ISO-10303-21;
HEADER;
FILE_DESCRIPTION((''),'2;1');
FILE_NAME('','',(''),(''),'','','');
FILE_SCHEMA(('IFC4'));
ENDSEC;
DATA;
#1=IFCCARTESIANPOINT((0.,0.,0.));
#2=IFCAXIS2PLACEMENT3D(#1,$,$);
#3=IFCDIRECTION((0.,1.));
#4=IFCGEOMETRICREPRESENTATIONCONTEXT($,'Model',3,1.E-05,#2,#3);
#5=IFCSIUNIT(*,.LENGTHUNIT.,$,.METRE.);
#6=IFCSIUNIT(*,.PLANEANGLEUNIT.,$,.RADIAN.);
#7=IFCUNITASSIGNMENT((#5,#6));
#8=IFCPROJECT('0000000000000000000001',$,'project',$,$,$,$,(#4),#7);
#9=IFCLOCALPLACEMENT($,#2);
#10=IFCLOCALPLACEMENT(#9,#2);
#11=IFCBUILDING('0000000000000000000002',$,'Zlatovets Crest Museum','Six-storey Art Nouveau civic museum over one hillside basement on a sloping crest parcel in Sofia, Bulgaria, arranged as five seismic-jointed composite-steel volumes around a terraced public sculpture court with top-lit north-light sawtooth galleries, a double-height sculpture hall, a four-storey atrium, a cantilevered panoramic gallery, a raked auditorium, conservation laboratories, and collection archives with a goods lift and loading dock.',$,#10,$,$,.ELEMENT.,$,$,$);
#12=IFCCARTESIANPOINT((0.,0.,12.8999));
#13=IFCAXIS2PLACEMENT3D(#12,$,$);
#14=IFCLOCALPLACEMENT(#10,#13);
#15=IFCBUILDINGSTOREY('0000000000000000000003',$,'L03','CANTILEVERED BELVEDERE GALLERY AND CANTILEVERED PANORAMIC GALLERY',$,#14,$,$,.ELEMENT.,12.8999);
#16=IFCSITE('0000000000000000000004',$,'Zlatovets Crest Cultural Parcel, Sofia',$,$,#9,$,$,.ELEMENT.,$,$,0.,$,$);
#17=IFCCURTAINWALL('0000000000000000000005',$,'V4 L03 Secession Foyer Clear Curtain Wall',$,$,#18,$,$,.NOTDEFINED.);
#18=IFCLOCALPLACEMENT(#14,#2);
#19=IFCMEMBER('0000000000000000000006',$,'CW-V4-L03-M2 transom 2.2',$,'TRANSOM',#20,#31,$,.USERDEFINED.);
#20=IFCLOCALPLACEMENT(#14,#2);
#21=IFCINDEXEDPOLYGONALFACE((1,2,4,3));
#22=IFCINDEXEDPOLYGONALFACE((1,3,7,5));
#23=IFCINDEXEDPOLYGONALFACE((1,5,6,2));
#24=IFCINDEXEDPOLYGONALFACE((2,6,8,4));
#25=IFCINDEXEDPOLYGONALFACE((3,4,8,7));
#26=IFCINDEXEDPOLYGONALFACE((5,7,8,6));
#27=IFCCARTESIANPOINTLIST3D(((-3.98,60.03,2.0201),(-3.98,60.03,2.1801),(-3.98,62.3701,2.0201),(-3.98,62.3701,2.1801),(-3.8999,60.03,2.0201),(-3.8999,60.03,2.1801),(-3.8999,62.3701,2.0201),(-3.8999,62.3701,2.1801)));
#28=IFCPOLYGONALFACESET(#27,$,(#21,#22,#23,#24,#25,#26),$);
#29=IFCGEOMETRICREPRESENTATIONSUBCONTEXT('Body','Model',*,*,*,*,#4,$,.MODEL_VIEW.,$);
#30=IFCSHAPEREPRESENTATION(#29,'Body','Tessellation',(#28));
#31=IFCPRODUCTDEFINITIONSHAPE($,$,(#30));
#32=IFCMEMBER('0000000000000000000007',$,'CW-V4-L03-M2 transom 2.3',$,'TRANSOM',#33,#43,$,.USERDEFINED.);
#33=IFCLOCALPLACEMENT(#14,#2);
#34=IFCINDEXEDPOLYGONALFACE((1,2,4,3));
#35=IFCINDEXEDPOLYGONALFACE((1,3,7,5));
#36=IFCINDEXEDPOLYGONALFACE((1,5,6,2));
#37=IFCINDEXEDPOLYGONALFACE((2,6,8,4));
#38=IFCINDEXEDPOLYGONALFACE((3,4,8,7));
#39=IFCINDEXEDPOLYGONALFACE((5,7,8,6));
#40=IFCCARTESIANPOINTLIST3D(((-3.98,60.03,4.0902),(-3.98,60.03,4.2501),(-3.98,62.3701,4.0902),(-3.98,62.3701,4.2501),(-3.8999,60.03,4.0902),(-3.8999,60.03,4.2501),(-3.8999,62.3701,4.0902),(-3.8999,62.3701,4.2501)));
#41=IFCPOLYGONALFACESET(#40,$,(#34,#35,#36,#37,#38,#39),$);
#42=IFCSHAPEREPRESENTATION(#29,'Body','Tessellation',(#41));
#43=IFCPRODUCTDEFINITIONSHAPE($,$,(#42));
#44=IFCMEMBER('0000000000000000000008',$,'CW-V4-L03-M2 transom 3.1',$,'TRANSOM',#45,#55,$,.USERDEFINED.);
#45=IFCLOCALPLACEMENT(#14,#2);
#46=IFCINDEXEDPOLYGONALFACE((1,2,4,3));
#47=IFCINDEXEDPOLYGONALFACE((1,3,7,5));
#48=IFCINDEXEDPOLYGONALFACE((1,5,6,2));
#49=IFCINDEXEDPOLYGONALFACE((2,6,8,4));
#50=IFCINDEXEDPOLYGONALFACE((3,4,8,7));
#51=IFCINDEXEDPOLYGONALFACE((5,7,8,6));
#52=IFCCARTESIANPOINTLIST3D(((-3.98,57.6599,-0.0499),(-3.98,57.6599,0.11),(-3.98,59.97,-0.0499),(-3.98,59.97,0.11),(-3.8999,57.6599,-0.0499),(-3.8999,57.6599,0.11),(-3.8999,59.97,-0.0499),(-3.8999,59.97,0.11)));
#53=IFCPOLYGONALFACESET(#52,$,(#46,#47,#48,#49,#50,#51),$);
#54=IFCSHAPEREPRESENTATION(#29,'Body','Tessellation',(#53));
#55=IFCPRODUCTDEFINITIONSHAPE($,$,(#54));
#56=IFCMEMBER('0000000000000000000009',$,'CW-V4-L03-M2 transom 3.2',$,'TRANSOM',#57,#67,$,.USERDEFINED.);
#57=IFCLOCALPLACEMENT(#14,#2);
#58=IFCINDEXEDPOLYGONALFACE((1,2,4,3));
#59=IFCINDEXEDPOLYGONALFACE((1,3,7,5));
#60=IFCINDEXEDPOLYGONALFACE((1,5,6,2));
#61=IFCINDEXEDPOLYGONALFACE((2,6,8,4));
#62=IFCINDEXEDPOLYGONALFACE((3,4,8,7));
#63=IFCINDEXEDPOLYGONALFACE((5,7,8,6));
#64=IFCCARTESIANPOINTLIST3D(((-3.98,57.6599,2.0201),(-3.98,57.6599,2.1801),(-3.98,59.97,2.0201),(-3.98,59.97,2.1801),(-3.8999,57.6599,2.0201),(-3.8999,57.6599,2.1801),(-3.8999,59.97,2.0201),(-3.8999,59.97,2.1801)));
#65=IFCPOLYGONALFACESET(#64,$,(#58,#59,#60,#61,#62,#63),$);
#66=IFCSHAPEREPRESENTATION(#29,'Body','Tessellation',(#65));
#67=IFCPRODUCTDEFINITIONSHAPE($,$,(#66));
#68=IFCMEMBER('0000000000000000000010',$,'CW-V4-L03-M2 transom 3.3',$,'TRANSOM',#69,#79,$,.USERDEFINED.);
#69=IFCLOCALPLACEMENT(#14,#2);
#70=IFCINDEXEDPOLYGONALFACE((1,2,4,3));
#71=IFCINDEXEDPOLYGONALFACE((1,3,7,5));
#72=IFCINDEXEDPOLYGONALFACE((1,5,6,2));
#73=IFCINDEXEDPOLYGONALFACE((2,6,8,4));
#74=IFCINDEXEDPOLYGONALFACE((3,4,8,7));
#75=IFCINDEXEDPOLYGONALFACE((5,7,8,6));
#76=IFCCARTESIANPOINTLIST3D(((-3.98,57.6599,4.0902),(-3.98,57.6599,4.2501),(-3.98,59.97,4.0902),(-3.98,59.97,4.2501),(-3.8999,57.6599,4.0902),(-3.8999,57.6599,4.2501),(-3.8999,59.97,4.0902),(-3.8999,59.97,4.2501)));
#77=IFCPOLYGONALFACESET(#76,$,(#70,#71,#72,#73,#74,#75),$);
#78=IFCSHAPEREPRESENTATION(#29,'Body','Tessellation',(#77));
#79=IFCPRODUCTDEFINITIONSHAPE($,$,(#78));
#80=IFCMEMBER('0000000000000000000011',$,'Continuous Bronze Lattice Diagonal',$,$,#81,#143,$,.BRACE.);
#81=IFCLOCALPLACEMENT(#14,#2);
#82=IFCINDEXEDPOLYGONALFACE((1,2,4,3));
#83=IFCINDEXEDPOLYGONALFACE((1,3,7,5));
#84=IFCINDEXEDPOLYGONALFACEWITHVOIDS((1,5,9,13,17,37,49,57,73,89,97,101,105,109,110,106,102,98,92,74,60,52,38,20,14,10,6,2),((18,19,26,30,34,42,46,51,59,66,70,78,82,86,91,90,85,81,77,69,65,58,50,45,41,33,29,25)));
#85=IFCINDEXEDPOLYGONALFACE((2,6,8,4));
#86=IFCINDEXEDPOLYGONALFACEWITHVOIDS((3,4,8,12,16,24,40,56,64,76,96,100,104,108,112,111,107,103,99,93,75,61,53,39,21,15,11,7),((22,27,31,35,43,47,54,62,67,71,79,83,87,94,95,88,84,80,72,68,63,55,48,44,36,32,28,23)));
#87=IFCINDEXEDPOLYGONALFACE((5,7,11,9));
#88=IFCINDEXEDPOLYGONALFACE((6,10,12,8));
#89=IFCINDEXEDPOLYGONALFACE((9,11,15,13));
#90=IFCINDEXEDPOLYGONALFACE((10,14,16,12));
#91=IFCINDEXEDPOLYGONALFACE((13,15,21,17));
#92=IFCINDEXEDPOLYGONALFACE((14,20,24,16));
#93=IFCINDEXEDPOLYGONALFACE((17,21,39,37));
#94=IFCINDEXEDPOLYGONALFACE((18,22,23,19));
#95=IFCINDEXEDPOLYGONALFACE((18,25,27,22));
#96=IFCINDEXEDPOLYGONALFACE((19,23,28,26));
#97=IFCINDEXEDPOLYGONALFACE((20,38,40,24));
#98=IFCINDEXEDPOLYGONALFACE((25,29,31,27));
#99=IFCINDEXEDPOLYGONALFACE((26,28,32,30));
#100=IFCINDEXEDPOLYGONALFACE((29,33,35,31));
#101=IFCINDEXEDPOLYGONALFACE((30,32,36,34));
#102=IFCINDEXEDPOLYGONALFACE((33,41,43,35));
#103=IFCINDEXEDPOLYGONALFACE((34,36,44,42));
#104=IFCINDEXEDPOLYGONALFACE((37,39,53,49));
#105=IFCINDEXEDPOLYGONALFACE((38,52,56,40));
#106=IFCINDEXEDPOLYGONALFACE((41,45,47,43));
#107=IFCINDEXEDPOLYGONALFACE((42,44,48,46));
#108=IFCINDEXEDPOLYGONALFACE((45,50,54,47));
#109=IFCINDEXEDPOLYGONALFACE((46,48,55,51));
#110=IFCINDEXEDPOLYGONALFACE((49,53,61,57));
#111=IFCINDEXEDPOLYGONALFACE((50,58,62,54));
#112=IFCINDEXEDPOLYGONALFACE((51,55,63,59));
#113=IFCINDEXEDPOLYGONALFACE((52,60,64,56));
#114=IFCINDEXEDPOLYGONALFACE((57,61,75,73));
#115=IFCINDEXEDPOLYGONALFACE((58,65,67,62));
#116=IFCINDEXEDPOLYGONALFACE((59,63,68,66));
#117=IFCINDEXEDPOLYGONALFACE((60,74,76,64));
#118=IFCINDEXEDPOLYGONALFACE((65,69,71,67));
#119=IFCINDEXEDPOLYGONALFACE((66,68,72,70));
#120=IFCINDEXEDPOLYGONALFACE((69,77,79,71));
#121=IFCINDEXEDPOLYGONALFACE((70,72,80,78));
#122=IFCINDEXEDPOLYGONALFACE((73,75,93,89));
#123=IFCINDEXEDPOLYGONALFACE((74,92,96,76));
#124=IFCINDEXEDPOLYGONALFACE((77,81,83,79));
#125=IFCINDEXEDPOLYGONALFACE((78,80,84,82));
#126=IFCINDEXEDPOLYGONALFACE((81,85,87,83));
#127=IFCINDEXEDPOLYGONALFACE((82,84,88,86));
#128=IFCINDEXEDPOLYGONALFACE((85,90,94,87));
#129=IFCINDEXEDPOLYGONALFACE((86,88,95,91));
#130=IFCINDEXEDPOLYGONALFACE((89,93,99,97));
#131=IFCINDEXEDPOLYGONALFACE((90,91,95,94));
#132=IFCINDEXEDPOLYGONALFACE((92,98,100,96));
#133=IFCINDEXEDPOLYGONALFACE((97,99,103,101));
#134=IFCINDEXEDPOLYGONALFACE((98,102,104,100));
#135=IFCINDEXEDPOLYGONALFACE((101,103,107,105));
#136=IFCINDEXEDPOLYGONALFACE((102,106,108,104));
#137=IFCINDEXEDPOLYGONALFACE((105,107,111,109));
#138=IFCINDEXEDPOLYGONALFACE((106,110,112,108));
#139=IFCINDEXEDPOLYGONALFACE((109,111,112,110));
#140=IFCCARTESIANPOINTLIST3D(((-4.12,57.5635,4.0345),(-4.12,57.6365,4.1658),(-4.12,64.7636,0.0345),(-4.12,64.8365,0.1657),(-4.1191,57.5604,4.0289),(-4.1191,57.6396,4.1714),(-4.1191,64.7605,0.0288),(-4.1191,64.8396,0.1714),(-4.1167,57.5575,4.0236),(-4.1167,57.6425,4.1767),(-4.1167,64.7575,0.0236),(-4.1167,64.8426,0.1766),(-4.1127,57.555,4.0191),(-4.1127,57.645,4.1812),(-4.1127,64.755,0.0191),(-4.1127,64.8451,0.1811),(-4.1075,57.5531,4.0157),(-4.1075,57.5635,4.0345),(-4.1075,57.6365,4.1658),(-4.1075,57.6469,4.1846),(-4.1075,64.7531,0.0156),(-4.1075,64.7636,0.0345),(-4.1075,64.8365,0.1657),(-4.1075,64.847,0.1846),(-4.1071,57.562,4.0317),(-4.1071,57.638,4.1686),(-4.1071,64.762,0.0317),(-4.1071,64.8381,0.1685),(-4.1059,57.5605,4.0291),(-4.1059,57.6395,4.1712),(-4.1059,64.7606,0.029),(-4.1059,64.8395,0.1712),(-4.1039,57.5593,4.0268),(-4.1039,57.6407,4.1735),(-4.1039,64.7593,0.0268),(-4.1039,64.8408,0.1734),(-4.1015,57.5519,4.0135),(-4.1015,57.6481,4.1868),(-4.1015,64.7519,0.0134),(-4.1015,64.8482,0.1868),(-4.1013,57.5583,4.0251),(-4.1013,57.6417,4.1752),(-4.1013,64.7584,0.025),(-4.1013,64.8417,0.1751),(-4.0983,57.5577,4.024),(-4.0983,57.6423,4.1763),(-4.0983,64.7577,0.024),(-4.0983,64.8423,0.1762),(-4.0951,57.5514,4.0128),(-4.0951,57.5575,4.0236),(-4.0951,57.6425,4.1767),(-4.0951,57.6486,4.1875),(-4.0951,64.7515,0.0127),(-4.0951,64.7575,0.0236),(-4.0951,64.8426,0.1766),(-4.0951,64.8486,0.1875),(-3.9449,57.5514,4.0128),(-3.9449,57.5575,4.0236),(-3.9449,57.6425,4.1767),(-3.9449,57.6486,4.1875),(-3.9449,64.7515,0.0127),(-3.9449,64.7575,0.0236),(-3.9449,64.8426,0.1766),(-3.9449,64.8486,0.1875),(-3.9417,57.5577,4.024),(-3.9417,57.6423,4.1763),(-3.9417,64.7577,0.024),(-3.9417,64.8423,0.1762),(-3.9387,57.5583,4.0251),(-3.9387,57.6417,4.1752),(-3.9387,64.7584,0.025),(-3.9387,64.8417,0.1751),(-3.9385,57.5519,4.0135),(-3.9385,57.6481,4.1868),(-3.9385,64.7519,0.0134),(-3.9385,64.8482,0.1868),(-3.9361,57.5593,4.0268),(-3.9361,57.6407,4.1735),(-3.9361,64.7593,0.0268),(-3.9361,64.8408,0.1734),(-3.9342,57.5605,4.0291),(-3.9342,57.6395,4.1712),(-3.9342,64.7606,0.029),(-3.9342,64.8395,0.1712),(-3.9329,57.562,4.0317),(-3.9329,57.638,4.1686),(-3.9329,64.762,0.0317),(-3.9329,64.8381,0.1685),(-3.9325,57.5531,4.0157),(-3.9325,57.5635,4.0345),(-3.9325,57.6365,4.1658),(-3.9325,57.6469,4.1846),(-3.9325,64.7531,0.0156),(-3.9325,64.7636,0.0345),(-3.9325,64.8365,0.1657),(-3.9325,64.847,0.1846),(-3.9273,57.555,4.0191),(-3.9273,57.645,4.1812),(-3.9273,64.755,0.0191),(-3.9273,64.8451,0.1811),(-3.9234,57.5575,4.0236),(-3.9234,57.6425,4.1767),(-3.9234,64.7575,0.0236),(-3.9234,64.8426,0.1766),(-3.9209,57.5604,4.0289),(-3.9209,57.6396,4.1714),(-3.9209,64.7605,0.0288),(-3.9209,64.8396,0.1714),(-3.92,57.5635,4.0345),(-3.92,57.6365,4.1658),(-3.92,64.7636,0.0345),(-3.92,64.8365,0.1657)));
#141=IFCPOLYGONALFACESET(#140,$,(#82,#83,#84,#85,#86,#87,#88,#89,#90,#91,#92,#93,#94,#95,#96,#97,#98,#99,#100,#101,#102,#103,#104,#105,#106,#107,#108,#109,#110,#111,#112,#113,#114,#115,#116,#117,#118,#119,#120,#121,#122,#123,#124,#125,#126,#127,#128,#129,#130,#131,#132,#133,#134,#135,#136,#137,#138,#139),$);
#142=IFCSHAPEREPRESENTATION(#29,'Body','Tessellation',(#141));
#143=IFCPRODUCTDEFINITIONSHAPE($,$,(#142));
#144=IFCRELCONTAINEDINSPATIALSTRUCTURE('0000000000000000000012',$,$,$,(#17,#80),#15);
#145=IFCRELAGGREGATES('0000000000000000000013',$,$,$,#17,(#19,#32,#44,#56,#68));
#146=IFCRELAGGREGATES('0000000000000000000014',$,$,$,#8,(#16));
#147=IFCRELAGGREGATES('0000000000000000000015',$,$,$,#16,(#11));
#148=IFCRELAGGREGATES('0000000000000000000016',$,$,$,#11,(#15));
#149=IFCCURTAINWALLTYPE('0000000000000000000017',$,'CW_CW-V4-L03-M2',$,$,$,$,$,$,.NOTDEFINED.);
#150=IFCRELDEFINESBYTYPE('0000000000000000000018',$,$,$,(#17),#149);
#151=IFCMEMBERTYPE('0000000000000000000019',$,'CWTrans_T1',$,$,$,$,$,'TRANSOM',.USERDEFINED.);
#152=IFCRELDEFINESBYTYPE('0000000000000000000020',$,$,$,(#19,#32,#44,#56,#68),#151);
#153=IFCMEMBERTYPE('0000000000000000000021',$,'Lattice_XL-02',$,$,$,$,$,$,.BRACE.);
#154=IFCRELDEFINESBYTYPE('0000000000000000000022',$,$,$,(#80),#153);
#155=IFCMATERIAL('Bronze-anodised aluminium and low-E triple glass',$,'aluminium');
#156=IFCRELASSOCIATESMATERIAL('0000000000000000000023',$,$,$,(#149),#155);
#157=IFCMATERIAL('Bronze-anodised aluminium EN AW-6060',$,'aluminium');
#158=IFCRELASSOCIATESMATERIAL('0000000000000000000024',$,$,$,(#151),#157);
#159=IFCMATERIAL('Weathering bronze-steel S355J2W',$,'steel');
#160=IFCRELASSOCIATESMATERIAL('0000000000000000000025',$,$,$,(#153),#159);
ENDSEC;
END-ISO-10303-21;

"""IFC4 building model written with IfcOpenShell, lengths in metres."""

from ifc_helpers import new_model, si_unit, direction, frame, origin, origin_2d, place, context, subcontext, project, spatial, rectangle, hollow_rectangle, extrude, material, material_profile, profile_set, type_object, element, aggregate, save


model = new_model("IFC4")

# Units and contexts
model_context = context("Model", 3, precision=1e-05, world=origin(), true_north=direction((0.0, 1.0)))
body_context = subcontext(model_context, "Body", "Model", "MODEL_VIEW")
ifc_project = project(units=[si_unit("LENGTHUNIT", "METRE"), si_unit("PLANEANGLEUNIT", "RADIAN")], contexts=[model_context])

# Site, building, storey
site_placement = place(None, origin())
site = spatial("IfcSite", under=ifc_project, at=site_placement, Name="Zlatovets Crest Cultural Parcel, Sofia", CompositionType="ELEMENT", RefElevation=0.0)
building_placement = place(site_placement, origin())
building = spatial("IfcBuilding", under=site, at=building_placement, Name="Zlatovets Crest Museum", Description="Six-storey Art Nouveau civic museum over one hillside basement on a sloping crest parcel in Sofia, Bulgaria, arranged as five seismic-jointed composite-steel volumes around a terraced public sculpture court with top-lit north-light sawtooth galleries, a double-height sculpture hall, a four-storey atrium, a cantilevered panoramic gallery, a raked auditorium, conservation laboratories, and collection archives with a goods lift and loading dock.", CompositionType="ELEMENT")
storey_placement = place(building_placement, frame((0.0, 0.0, 12.8999)))
storey = spatial("IfcBuildingStorey", under=building, at=storey_placement, Name="L03", Description="CANTILEVERED BELVEDERE GALLERY AND CANTILEVERED PANORAMIC GALLERY", CompositionType="ELEMENT", Elevation=12.8999)

# Curtain wall, members
ifc_material_1 = material(Name="Bronze-anodised aluminium and low-E triple glass", Category="aluminium")
curtain_wall_type = type_object("IfcCurtainWallType", Name="CW_CW-V4-L03-M2", PredefinedType="NOTDEFINED", material=ifc_material_1)
curtain_wall_placement = place(storey_placement, origin())
curtain_wall = element("IfcCurtainWall", 1, at=curtain_wall_placement, inside=storey, type_object=curtain_wall_type, Name="V4 L03 Secession Foyer Clear Curtain Wall", PredefinedType="NOTDEFINED")
ifc_material_2 = material(Name="Bronze-anodised aluminium EN AW-6060", Category="aluminium")
ifc_material_profile_1 = material_profile(ifc_material_2, rectangle(XDim=0.0801, YDim=0.1599, at=origin_2d()), Name="ALU 80x160")
ifc_profile_set_1 = profile_set([ifc_material_profile_1], Name="Bronze-anodised aluminium EN AW-6060")
member_type_1 = type_object("IfcMemberType", Name="CWTrans_T1", ElementType="TRANSOM", PredefinedType="USERDEFINED", material=ifc_profile_set_1)
member_1_placement = place(storey_placement, frame((-3.9399, 62.3701, 2.1001), z_axis=(0.0, -1.0, 0.0), x_axis=(1.0, 0.0, 0.0)))
member_1 = element("IfcMember", 2, at=member_1_placement, type_object=member_type_1, Name="CW-V4-L03-M2 transom 2.2", ObjectType="TRANSOM", PredefinedType="USERDEFINED", context=body_context, shape_type="SweptSolid", body=[
    extrude(rectangle(XDim=0.0801, YDim=0.1599, at=origin_2d()), origin(), (0.0, 0.0, 1.0), 2.3401),
])
member_2_placement = place(storey_placement, frame((-3.9399, 62.3701, 4.1702), z_axis=(0.0, -1.0, 0.0), x_axis=(1.0, 0.0, 0.0)))
member_2 = element("IfcMember", 3, at=member_2_placement, type_object=member_type_1, Name="CW-V4-L03-M2 transom 2.3", ObjectType="TRANSOM", PredefinedType="USERDEFINED", context=body_context, shape_type="SweptSolid", body=[
    extrude(rectangle(XDim=0.0801, YDim=0.1599, at=origin_2d()), origin(), (0.0, 0.0, 1.0), 2.3401),
])
member_3_placement = place(storey_placement, frame((-3.9399, 59.97, 0.03), z_axis=(0.0, -1.0, 0.0), x_axis=(1.0, 0.0, 0.0)))
member_3 = element("IfcMember", 4, at=member_3_placement, type_object=member_type_1, Name="CW-V4-L03-M2 transom 3.1", ObjectType="TRANSOM", PredefinedType="USERDEFINED", context=body_context, shape_type="SweptSolid", body=[
    extrude(rectangle(XDim=0.0801, YDim=0.1599, at=origin_2d()), origin(), (0.0, 0.0, 1.0), 2.3101),
])
member_4_placement = place(storey_placement, frame((-3.9399, 59.97, 2.1001), z_axis=(0.0, -1.0, 0.0), x_axis=(1.0, 0.0, 0.0)))
member_4 = element("IfcMember", 5, at=member_4_placement, type_object=member_type_1, Name="CW-V4-L03-M2 transom 3.2", ObjectType="TRANSOM", PredefinedType="USERDEFINED", context=body_context, shape_type="SweptSolid", body=[
    extrude(rectangle(XDim=0.0801, YDim=0.1599, at=origin_2d()), origin(), (0.0, 0.0, 1.0), 2.3101),
])
member_5_placement = place(storey_placement, frame((-3.9399, 59.97, 4.1702), z_axis=(0.0, -1.0, 0.0), x_axis=(1.0, 0.0, 0.0)))
member_5 = element("IfcMember", 6, at=member_5_placement, type_object=member_type_1, Name="CW-V4-L03-M2 transom 3.3", ObjectType="TRANSOM", PredefinedType="USERDEFINED", context=body_context, shape_type="SweptSolid", body=[
    extrude(rectangle(XDim=0.0801, YDim=0.1599, at=origin_2d()), origin(), (0.0, 0.0, 1.0), 2.3101),
])

# Member
ifc_material_3 = material(Name="Weathering bronze-steel S355J2W", Category="steel")
ifc_material_profile_2 = material_profile(ifc_material_3, hollow_rectangle(XDim=0.2, YDim=0.2, WallThickness=0.0125, InnerFilletRadius=0.0125, OuterFilletRadius=0.0249, at=origin_2d()), Name="SHS 200x200x12.5")
ifc_profile_set_2 = profile_set([ifc_material_profile_2], Name="Weathering bronze-steel S355J2W")
member_type_2 = type_object("IfcMemberType", Name="Lattice_XL-02", PredefinedType="BRACE", material=ifc_profile_set_2)
member_6_placement = place(storey_placement, frame((-4.02, 64.8, 0.1001), z_axis=(0.0, -0.874156, 0.485645), x_axis=(1.0, 0.0, 0.0)))
element("IfcMember", 7, at=member_6_placement, inside=storey, type_object=member_type_2, Name="Continuous Bronze Lattice Diagonal", PredefinedType="BRACE", context=body_context, shape_type="SweptSolid", body=[
    extrude(hollow_rectangle(XDim=0.2, YDim=0.2, WallThickness=0.0125, InnerFilletRadius=0.0125, OuterFilletRadius=0.0249, at=origin_2d()), origin(), (0.0, 0.0, 1.0), 8.2366),
])

aggregate(curtain_wall, [member_1, member_2, member_3, member_4, member_5])

save(model, "model.ifc")
